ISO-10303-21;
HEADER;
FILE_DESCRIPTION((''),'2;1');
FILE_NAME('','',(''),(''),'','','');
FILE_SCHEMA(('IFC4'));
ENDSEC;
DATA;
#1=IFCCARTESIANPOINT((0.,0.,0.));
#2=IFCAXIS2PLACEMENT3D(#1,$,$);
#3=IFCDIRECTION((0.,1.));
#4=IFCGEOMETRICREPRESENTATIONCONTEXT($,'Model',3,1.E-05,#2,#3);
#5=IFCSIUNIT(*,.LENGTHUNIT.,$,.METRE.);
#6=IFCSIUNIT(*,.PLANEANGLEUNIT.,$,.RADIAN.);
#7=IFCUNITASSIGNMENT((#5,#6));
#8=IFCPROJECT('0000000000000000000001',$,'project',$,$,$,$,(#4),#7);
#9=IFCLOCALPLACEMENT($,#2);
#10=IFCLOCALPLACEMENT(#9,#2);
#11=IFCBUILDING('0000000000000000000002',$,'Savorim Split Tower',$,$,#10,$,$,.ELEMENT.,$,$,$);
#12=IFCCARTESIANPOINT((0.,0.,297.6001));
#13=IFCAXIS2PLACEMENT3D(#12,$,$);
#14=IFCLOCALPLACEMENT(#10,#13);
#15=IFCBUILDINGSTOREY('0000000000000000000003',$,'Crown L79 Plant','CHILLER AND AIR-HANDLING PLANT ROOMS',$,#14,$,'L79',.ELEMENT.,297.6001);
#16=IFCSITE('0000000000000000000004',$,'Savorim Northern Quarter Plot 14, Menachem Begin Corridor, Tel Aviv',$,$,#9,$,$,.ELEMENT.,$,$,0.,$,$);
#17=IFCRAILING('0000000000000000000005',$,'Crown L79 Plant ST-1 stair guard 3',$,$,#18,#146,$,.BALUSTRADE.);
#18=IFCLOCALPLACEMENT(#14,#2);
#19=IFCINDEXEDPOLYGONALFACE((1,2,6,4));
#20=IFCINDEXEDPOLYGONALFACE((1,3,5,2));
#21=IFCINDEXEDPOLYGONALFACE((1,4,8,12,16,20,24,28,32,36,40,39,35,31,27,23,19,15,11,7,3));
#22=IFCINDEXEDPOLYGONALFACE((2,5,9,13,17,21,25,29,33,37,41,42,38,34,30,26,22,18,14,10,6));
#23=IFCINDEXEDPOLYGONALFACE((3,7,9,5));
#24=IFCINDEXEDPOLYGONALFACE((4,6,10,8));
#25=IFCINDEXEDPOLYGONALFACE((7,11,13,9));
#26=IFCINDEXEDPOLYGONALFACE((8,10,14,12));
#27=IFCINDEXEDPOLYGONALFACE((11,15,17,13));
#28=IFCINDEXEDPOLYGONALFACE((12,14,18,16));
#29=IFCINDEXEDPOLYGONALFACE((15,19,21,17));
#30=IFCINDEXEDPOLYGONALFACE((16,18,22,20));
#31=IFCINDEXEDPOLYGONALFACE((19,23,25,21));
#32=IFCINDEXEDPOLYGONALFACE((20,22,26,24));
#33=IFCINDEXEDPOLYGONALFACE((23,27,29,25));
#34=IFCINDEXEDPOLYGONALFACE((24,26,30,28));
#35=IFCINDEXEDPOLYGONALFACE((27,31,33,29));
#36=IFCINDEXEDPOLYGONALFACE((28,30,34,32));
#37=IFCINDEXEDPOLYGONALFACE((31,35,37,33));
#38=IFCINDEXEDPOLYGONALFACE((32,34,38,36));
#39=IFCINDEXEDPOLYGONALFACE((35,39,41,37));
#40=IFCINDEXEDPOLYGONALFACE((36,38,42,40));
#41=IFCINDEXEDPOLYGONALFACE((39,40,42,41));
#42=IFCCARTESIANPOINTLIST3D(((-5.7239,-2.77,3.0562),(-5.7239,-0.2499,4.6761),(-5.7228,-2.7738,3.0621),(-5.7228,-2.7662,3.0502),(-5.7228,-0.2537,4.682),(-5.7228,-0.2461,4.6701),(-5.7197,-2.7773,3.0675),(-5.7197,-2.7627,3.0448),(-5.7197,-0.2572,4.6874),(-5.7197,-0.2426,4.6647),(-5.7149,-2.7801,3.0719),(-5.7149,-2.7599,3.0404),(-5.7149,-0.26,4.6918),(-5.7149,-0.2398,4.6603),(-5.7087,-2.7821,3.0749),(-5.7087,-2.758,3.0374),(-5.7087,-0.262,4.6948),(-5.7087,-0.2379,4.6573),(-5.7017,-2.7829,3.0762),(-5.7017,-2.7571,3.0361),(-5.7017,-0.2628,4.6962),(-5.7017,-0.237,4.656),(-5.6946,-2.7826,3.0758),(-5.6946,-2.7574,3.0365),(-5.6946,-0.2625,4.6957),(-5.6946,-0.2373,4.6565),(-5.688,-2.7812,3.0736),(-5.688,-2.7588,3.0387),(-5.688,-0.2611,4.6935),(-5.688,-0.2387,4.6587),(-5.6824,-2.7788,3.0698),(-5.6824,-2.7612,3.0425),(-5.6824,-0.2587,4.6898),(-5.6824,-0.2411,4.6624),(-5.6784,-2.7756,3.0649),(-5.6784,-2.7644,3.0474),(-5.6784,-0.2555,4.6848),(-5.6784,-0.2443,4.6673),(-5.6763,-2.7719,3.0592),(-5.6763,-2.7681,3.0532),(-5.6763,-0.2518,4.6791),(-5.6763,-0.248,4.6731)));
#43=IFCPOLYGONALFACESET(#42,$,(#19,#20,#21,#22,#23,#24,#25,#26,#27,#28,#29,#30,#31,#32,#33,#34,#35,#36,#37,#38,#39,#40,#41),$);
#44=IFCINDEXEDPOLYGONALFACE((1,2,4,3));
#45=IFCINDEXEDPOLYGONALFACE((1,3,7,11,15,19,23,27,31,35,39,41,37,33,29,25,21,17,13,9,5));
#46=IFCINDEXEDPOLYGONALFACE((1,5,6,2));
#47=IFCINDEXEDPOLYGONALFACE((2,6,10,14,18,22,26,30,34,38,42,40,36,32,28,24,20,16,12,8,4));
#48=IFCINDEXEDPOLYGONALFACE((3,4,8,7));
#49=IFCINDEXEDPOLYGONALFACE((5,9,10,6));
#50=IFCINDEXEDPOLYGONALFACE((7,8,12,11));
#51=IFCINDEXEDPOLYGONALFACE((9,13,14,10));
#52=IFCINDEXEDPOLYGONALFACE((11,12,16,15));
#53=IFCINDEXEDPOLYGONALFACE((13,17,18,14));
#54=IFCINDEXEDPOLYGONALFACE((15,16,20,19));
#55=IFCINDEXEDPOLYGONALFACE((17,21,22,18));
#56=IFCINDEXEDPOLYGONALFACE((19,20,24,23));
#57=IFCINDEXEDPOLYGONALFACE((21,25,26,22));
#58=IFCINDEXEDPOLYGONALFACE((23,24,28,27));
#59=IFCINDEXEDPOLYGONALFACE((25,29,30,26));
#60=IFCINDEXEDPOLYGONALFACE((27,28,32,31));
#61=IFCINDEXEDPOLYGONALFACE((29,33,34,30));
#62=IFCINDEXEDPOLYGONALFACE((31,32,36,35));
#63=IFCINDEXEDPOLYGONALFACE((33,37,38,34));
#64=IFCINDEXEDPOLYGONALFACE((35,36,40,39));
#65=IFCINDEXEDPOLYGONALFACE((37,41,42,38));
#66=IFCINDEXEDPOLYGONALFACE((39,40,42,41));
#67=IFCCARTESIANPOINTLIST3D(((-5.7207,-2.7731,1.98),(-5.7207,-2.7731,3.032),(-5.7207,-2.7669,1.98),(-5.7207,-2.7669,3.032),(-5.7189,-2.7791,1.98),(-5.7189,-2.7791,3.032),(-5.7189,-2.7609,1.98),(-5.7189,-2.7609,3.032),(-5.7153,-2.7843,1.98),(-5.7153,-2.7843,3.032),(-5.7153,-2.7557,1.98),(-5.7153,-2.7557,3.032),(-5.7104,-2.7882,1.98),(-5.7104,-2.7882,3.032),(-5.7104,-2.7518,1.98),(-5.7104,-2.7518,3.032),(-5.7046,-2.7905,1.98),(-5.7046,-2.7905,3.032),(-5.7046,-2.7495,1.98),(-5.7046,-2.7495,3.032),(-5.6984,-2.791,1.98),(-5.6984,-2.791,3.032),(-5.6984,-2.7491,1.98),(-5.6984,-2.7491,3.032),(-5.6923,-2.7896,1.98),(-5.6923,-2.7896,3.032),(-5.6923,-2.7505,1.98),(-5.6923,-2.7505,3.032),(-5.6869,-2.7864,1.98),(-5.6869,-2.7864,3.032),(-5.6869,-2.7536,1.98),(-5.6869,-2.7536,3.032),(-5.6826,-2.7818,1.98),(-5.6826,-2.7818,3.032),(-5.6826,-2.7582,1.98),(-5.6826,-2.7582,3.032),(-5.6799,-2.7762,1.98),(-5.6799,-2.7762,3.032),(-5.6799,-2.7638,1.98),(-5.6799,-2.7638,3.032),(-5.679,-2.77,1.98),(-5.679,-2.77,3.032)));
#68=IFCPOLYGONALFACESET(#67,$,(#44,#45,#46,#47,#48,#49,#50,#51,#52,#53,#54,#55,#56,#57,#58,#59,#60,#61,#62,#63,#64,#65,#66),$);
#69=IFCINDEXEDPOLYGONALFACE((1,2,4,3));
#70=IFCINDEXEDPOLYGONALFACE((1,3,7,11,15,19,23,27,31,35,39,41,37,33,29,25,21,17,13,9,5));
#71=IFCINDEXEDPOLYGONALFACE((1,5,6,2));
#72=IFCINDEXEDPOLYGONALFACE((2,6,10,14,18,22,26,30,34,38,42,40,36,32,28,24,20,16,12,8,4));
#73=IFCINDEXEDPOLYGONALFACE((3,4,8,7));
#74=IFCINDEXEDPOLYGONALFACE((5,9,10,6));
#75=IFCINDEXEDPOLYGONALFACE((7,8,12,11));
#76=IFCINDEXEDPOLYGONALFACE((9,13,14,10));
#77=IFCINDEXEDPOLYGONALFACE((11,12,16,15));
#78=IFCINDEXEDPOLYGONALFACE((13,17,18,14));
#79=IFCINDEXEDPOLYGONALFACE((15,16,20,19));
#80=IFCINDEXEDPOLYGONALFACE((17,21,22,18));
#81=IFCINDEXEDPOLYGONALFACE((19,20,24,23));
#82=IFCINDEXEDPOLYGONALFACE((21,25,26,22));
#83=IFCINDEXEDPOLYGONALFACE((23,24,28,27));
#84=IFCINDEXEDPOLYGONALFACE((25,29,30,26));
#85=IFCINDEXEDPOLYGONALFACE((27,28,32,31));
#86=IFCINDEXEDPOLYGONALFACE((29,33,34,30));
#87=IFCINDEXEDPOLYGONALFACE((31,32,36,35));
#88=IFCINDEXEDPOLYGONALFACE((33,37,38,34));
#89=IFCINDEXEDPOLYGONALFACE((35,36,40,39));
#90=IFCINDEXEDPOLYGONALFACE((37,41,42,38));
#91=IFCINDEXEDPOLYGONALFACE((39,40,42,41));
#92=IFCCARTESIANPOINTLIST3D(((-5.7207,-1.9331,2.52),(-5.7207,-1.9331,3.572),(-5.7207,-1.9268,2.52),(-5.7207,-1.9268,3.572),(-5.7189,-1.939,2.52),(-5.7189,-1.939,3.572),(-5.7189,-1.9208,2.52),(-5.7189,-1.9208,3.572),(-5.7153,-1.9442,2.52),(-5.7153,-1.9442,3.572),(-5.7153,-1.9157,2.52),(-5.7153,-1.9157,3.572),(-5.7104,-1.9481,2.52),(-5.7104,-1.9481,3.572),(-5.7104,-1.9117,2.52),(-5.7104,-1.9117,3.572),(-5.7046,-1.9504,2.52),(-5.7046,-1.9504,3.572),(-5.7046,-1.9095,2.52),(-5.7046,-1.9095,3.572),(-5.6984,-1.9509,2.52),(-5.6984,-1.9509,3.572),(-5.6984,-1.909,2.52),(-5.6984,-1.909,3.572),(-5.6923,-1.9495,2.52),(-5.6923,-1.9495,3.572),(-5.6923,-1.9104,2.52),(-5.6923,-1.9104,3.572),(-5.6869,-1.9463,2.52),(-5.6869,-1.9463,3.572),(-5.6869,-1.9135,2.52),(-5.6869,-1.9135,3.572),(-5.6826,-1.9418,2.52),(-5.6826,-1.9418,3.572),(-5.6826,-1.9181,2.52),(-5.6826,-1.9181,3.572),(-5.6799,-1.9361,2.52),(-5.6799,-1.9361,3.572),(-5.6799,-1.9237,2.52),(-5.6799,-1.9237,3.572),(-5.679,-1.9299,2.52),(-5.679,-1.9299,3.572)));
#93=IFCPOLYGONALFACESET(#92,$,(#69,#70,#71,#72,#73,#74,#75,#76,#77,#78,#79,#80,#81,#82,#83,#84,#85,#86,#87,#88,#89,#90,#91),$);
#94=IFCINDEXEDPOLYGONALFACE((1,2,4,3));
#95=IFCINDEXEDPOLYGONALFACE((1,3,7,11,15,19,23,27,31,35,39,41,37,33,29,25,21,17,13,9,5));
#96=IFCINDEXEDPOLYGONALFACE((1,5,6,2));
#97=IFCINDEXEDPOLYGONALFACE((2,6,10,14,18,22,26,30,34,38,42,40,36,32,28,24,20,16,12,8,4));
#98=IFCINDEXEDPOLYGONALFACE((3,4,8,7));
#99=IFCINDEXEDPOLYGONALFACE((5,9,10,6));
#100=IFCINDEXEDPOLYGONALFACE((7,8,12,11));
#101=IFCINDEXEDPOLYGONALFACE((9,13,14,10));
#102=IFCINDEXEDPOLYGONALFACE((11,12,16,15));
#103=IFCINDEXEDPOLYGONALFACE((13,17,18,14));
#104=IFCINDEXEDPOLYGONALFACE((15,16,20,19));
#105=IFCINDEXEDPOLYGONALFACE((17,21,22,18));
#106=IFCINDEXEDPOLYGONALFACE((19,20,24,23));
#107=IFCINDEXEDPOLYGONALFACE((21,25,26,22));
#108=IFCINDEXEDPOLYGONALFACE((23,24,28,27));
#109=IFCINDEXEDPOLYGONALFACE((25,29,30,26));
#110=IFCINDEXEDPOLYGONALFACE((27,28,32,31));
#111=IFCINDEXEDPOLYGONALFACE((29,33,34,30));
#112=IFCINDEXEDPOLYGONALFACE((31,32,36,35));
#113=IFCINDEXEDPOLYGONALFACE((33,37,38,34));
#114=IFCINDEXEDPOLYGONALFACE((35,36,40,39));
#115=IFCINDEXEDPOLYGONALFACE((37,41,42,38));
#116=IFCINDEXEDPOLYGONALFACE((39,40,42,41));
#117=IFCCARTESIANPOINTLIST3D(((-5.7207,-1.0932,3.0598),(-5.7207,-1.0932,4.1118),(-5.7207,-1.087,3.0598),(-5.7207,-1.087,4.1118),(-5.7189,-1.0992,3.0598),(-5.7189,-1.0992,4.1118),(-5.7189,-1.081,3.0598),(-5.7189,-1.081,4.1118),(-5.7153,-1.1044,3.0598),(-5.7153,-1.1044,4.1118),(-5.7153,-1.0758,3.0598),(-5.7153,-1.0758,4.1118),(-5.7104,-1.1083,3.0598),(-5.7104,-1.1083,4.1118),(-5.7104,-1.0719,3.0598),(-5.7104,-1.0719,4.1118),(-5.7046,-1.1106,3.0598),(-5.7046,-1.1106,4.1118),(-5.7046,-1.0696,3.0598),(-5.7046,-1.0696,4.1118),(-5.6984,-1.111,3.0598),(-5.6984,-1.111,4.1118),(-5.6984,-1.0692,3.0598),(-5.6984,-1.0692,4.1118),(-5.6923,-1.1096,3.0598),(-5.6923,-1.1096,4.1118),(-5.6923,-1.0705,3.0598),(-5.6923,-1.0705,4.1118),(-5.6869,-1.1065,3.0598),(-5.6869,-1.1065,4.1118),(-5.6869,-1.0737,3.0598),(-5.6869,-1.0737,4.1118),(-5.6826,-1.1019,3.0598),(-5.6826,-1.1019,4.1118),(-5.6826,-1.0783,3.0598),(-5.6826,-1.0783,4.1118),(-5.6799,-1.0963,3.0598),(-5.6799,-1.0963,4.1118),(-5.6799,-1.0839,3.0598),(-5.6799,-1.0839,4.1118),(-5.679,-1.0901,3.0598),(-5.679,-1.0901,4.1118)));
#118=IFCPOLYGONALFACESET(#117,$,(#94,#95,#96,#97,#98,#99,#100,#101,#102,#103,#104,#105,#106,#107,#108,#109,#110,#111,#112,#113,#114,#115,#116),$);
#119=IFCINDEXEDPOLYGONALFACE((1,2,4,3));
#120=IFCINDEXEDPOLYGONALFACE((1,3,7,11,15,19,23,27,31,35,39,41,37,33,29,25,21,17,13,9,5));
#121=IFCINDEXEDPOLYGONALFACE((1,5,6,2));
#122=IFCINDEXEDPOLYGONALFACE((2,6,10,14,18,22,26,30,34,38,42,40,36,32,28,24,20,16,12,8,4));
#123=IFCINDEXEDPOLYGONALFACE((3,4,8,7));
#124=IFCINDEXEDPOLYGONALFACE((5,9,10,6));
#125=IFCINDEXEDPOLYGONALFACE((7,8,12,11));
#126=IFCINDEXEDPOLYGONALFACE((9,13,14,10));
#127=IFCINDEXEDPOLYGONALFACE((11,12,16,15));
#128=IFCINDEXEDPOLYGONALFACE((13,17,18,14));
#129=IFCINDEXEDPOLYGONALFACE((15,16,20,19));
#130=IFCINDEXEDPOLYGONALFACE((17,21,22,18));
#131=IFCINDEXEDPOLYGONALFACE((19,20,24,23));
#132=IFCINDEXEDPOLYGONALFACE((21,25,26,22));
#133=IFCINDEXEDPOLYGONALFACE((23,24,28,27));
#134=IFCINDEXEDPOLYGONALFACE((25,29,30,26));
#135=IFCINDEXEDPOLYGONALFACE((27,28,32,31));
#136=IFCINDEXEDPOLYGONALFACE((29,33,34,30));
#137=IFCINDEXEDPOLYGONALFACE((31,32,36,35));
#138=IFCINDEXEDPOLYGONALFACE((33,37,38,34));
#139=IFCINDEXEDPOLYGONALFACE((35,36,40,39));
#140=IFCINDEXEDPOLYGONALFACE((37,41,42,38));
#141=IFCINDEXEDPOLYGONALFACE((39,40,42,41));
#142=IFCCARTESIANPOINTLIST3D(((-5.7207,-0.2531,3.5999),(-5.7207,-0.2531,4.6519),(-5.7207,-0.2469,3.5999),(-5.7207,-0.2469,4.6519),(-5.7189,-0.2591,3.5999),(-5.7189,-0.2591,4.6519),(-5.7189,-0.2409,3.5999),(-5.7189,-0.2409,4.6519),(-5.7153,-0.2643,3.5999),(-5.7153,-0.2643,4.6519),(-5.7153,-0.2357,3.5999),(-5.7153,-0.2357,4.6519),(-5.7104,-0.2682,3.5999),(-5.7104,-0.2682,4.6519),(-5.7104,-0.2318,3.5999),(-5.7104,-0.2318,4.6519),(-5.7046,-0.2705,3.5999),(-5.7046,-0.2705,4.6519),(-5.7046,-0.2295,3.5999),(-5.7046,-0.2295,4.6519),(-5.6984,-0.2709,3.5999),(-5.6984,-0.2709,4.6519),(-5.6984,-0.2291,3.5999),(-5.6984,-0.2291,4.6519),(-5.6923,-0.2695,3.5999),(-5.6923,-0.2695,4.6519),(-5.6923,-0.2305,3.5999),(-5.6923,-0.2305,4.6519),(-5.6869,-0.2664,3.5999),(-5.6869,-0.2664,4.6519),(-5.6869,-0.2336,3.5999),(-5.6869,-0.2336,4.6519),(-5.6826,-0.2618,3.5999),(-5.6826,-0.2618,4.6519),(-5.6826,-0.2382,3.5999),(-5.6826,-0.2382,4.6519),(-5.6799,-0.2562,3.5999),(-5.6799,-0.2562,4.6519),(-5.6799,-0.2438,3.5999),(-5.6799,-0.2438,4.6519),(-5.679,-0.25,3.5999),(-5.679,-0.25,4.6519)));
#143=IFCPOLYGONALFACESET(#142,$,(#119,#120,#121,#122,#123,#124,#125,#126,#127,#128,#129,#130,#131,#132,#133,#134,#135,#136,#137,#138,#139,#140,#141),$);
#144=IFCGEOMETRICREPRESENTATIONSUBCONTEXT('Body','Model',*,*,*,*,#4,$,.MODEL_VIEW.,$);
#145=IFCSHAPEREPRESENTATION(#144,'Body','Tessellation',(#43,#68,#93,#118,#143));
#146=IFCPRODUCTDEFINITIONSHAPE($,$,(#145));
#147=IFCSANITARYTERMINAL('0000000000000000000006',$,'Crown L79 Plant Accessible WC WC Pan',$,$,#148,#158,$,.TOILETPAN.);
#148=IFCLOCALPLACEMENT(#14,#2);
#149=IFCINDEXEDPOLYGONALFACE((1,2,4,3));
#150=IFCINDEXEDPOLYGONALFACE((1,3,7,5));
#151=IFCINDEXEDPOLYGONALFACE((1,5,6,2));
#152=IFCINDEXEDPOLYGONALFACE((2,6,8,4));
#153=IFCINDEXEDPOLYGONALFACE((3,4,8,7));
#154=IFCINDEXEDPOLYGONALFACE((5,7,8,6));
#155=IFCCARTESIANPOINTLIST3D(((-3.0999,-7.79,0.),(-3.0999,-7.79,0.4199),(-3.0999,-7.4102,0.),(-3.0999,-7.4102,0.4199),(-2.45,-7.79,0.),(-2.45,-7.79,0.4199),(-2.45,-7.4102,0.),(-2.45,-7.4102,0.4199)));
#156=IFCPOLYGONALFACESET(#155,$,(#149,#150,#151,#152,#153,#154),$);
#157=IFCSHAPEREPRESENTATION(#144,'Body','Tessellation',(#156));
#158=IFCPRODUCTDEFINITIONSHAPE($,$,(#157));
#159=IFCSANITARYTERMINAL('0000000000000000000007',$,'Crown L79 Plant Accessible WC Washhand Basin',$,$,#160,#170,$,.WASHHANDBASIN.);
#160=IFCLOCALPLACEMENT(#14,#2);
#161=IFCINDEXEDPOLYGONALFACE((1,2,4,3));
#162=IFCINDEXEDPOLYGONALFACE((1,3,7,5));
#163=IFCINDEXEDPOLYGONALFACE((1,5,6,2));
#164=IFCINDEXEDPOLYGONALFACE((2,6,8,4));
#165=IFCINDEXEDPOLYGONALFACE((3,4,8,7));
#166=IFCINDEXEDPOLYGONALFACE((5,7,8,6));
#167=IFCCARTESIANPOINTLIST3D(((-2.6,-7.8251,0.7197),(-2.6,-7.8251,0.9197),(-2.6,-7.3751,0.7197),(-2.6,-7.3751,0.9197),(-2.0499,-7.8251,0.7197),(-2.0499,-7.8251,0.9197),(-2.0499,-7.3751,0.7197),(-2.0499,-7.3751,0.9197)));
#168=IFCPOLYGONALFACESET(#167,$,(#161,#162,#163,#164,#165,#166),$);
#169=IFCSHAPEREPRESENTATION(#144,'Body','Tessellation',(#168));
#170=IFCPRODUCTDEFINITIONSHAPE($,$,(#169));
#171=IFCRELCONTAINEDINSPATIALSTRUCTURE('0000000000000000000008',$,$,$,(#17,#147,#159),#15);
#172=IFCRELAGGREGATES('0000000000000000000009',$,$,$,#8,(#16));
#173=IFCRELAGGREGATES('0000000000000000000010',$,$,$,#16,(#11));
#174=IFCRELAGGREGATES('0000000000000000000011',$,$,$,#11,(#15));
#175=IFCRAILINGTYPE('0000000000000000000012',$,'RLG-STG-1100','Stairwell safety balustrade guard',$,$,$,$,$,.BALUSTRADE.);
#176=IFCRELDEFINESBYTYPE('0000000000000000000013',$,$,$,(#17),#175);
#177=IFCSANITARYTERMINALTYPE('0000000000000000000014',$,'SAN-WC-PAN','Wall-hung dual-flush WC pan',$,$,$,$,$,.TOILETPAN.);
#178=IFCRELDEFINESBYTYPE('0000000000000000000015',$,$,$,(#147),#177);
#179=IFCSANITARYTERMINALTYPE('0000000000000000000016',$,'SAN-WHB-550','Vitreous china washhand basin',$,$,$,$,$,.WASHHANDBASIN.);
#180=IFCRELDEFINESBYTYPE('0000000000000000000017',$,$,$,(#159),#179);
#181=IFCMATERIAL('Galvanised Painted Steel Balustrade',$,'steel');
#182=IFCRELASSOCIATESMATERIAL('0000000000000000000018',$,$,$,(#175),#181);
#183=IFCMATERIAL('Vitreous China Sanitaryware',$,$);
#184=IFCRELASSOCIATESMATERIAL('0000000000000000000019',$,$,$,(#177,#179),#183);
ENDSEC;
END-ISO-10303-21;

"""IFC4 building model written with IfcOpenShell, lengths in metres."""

from ifc_helpers import new_model, si_unit, direction, frame, origin, origin_2d, place, context, subcontext, project, spatial, rectangle, circle, extrude, material, type_object, element, save


model = new_model("IFC4")

# Units and contexts
model_context = context("Model", 3, precision=1e-05, world=origin(), true_north=direction((0.0, 1.0)))
body_context = subcontext(model_context, "Body", "Model", "MODEL_VIEW")
ifc_project = project(units=[si_unit("LENGTHUNIT", "METRE"), si_unit("PLANEANGLEUNIT", "RADIAN")], contexts=[model_context])

# Site, building, storey
site_placement = place(None, origin())
site = spatial("IfcSite", under=ifc_project, at=site_placement, Name="Savorim Northern Quarter Plot 14, Menachem Begin Corridor, Tel Aviv", CompositionType="ELEMENT", RefElevation=0.0)
building_placement = place(site_placement, origin())
building = spatial("IfcBuilding", under=site, at=building_placement, Name="Savorim Split Tower", CompositionType="ELEMENT")
storey_placement = place(building_placement, frame((0.0, 0.0, 297.6001)))
storey = spatial("IfcBuildingStorey", under=building, at=storey_placement, Name="Crown L79 Plant", Description="CHILLER AND AIR-HANDLING PLANT ROOMS", LongName="L79", CompositionType="ELEMENT", Elevation=297.6001)

# Railing
ifc_material_1 = material(Name="Galvanised Painted Steel Balustrade", Category="steel")
railing_type = type_object("IfcRailingType", Name="RLG-STG-1100", Description="Stairwell safety balustrade guard", PredefinedType="BALUSTRADE", material=ifc_material_1)
railing_1_placement = place(storey_placement, frame((-5.7, -2.77, 1.98)))
element("IfcRailing", 1, at=railing_1_placement, inside=storey, type_object=railing_type, Name="Crown L79 Plant ST-1 stair guard 3", PredefinedType="BALUSTRADE", context=body_context, shape_type="SweptSolid", body=[
    extrude(circle(Radius=0.0239, at=origin_2d()), frame((0.0, 0.0, 1.0762), z_axis=(0.0, 0.8412, 0.540725), x_axis=(-1.0, 0.0, 0.0)), (0.0, 0.0, 1.0), 2.9958),
    extrude(circle(Radius=0.021, at=origin_2d()), origin(), (0.0, 0.0, 1.0), 1.052),
    extrude(circle(Radius=0.021, at=origin_2d()), frame((0.0, 0.8401, 0.54)), (0.0, 0.0, 1.0), 1.052),
    extrude(circle(Radius=0.021, at=origin_2d()), frame((0.0, 1.6799, 1.0798)), (0.0, 0.0, 1.0), 1.052),
    extrude(circle(Radius=0.021, at=origin_2d()), frame((0.0, 2.52, 1.6199)), (0.0, 0.0, 1.0), 1.052),
])

# Sanitary terminals
ifc_material_2 = material(Name="Vitreous China Sanitaryware")
sanitary_terminal_type_1 = type_object("IfcSanitaryTerminalType", Name="SAN-WC-PAN", Description="Wall-hung dual-flush WC pan", PredefinedType="TOILETPAN", material=ifc_material_2)
sanitary_terminal_1_placement = place(storey_placement, frame((-2.7749, -7.6001, 0.0), z_axis=(0.0, 0.0, 1.0), x_axis=(1.0, 0.0, 0.0)))
element("IfcSanitaryTerminal", 2, at=sanitary_terminal_1_placement, inside=storey, type_object=sanitary_terminal_type_1, Name="Crown L79 Plant Accessible WC WC Pan", PredefinedType="TOILETPAN", context=body_context, shape_type="SweptSolid", body=[
    extrude(rectangle(XDim=0.6499, YDim=0.3799, at=origin_2d()), origin(), (0.0, 0.0, 1.0), 0.4199),
])
sanitary_terminal_type_2 = type_object("IfcSanitaryTerminalType", Name="SAN-WHB-550", Description="Vitreous china washhand basin", PredefinedType="WASHHANDBASIN", material=ifc_material_2)
sanitary_terminal_2_placement = place(storey_placement, frame((-2.325, -7.6001, 0.7197), z_axis=(0.0, 0.0, 1.0), x_axis=(1.0, 0.0, 0.0)))
element("IfcSanitaryTerminal", 3, at=sanitary_terminal_2_placement, inside=storey, type_object=sanitary_terminal_type_2, Name="Crown L79 Plant Accessible WC Washhand Basin", PredefinedType="WASHHANDBASIN", context=body_context, shape_type="SweptSolid", body=[
    extrude(rectangle(XDim=0.55, YDim=0.45, at=origin_2d()), origin(), (0.0, 0.0, 1.0), 0.2),
])

save(model, "model.ifc")
